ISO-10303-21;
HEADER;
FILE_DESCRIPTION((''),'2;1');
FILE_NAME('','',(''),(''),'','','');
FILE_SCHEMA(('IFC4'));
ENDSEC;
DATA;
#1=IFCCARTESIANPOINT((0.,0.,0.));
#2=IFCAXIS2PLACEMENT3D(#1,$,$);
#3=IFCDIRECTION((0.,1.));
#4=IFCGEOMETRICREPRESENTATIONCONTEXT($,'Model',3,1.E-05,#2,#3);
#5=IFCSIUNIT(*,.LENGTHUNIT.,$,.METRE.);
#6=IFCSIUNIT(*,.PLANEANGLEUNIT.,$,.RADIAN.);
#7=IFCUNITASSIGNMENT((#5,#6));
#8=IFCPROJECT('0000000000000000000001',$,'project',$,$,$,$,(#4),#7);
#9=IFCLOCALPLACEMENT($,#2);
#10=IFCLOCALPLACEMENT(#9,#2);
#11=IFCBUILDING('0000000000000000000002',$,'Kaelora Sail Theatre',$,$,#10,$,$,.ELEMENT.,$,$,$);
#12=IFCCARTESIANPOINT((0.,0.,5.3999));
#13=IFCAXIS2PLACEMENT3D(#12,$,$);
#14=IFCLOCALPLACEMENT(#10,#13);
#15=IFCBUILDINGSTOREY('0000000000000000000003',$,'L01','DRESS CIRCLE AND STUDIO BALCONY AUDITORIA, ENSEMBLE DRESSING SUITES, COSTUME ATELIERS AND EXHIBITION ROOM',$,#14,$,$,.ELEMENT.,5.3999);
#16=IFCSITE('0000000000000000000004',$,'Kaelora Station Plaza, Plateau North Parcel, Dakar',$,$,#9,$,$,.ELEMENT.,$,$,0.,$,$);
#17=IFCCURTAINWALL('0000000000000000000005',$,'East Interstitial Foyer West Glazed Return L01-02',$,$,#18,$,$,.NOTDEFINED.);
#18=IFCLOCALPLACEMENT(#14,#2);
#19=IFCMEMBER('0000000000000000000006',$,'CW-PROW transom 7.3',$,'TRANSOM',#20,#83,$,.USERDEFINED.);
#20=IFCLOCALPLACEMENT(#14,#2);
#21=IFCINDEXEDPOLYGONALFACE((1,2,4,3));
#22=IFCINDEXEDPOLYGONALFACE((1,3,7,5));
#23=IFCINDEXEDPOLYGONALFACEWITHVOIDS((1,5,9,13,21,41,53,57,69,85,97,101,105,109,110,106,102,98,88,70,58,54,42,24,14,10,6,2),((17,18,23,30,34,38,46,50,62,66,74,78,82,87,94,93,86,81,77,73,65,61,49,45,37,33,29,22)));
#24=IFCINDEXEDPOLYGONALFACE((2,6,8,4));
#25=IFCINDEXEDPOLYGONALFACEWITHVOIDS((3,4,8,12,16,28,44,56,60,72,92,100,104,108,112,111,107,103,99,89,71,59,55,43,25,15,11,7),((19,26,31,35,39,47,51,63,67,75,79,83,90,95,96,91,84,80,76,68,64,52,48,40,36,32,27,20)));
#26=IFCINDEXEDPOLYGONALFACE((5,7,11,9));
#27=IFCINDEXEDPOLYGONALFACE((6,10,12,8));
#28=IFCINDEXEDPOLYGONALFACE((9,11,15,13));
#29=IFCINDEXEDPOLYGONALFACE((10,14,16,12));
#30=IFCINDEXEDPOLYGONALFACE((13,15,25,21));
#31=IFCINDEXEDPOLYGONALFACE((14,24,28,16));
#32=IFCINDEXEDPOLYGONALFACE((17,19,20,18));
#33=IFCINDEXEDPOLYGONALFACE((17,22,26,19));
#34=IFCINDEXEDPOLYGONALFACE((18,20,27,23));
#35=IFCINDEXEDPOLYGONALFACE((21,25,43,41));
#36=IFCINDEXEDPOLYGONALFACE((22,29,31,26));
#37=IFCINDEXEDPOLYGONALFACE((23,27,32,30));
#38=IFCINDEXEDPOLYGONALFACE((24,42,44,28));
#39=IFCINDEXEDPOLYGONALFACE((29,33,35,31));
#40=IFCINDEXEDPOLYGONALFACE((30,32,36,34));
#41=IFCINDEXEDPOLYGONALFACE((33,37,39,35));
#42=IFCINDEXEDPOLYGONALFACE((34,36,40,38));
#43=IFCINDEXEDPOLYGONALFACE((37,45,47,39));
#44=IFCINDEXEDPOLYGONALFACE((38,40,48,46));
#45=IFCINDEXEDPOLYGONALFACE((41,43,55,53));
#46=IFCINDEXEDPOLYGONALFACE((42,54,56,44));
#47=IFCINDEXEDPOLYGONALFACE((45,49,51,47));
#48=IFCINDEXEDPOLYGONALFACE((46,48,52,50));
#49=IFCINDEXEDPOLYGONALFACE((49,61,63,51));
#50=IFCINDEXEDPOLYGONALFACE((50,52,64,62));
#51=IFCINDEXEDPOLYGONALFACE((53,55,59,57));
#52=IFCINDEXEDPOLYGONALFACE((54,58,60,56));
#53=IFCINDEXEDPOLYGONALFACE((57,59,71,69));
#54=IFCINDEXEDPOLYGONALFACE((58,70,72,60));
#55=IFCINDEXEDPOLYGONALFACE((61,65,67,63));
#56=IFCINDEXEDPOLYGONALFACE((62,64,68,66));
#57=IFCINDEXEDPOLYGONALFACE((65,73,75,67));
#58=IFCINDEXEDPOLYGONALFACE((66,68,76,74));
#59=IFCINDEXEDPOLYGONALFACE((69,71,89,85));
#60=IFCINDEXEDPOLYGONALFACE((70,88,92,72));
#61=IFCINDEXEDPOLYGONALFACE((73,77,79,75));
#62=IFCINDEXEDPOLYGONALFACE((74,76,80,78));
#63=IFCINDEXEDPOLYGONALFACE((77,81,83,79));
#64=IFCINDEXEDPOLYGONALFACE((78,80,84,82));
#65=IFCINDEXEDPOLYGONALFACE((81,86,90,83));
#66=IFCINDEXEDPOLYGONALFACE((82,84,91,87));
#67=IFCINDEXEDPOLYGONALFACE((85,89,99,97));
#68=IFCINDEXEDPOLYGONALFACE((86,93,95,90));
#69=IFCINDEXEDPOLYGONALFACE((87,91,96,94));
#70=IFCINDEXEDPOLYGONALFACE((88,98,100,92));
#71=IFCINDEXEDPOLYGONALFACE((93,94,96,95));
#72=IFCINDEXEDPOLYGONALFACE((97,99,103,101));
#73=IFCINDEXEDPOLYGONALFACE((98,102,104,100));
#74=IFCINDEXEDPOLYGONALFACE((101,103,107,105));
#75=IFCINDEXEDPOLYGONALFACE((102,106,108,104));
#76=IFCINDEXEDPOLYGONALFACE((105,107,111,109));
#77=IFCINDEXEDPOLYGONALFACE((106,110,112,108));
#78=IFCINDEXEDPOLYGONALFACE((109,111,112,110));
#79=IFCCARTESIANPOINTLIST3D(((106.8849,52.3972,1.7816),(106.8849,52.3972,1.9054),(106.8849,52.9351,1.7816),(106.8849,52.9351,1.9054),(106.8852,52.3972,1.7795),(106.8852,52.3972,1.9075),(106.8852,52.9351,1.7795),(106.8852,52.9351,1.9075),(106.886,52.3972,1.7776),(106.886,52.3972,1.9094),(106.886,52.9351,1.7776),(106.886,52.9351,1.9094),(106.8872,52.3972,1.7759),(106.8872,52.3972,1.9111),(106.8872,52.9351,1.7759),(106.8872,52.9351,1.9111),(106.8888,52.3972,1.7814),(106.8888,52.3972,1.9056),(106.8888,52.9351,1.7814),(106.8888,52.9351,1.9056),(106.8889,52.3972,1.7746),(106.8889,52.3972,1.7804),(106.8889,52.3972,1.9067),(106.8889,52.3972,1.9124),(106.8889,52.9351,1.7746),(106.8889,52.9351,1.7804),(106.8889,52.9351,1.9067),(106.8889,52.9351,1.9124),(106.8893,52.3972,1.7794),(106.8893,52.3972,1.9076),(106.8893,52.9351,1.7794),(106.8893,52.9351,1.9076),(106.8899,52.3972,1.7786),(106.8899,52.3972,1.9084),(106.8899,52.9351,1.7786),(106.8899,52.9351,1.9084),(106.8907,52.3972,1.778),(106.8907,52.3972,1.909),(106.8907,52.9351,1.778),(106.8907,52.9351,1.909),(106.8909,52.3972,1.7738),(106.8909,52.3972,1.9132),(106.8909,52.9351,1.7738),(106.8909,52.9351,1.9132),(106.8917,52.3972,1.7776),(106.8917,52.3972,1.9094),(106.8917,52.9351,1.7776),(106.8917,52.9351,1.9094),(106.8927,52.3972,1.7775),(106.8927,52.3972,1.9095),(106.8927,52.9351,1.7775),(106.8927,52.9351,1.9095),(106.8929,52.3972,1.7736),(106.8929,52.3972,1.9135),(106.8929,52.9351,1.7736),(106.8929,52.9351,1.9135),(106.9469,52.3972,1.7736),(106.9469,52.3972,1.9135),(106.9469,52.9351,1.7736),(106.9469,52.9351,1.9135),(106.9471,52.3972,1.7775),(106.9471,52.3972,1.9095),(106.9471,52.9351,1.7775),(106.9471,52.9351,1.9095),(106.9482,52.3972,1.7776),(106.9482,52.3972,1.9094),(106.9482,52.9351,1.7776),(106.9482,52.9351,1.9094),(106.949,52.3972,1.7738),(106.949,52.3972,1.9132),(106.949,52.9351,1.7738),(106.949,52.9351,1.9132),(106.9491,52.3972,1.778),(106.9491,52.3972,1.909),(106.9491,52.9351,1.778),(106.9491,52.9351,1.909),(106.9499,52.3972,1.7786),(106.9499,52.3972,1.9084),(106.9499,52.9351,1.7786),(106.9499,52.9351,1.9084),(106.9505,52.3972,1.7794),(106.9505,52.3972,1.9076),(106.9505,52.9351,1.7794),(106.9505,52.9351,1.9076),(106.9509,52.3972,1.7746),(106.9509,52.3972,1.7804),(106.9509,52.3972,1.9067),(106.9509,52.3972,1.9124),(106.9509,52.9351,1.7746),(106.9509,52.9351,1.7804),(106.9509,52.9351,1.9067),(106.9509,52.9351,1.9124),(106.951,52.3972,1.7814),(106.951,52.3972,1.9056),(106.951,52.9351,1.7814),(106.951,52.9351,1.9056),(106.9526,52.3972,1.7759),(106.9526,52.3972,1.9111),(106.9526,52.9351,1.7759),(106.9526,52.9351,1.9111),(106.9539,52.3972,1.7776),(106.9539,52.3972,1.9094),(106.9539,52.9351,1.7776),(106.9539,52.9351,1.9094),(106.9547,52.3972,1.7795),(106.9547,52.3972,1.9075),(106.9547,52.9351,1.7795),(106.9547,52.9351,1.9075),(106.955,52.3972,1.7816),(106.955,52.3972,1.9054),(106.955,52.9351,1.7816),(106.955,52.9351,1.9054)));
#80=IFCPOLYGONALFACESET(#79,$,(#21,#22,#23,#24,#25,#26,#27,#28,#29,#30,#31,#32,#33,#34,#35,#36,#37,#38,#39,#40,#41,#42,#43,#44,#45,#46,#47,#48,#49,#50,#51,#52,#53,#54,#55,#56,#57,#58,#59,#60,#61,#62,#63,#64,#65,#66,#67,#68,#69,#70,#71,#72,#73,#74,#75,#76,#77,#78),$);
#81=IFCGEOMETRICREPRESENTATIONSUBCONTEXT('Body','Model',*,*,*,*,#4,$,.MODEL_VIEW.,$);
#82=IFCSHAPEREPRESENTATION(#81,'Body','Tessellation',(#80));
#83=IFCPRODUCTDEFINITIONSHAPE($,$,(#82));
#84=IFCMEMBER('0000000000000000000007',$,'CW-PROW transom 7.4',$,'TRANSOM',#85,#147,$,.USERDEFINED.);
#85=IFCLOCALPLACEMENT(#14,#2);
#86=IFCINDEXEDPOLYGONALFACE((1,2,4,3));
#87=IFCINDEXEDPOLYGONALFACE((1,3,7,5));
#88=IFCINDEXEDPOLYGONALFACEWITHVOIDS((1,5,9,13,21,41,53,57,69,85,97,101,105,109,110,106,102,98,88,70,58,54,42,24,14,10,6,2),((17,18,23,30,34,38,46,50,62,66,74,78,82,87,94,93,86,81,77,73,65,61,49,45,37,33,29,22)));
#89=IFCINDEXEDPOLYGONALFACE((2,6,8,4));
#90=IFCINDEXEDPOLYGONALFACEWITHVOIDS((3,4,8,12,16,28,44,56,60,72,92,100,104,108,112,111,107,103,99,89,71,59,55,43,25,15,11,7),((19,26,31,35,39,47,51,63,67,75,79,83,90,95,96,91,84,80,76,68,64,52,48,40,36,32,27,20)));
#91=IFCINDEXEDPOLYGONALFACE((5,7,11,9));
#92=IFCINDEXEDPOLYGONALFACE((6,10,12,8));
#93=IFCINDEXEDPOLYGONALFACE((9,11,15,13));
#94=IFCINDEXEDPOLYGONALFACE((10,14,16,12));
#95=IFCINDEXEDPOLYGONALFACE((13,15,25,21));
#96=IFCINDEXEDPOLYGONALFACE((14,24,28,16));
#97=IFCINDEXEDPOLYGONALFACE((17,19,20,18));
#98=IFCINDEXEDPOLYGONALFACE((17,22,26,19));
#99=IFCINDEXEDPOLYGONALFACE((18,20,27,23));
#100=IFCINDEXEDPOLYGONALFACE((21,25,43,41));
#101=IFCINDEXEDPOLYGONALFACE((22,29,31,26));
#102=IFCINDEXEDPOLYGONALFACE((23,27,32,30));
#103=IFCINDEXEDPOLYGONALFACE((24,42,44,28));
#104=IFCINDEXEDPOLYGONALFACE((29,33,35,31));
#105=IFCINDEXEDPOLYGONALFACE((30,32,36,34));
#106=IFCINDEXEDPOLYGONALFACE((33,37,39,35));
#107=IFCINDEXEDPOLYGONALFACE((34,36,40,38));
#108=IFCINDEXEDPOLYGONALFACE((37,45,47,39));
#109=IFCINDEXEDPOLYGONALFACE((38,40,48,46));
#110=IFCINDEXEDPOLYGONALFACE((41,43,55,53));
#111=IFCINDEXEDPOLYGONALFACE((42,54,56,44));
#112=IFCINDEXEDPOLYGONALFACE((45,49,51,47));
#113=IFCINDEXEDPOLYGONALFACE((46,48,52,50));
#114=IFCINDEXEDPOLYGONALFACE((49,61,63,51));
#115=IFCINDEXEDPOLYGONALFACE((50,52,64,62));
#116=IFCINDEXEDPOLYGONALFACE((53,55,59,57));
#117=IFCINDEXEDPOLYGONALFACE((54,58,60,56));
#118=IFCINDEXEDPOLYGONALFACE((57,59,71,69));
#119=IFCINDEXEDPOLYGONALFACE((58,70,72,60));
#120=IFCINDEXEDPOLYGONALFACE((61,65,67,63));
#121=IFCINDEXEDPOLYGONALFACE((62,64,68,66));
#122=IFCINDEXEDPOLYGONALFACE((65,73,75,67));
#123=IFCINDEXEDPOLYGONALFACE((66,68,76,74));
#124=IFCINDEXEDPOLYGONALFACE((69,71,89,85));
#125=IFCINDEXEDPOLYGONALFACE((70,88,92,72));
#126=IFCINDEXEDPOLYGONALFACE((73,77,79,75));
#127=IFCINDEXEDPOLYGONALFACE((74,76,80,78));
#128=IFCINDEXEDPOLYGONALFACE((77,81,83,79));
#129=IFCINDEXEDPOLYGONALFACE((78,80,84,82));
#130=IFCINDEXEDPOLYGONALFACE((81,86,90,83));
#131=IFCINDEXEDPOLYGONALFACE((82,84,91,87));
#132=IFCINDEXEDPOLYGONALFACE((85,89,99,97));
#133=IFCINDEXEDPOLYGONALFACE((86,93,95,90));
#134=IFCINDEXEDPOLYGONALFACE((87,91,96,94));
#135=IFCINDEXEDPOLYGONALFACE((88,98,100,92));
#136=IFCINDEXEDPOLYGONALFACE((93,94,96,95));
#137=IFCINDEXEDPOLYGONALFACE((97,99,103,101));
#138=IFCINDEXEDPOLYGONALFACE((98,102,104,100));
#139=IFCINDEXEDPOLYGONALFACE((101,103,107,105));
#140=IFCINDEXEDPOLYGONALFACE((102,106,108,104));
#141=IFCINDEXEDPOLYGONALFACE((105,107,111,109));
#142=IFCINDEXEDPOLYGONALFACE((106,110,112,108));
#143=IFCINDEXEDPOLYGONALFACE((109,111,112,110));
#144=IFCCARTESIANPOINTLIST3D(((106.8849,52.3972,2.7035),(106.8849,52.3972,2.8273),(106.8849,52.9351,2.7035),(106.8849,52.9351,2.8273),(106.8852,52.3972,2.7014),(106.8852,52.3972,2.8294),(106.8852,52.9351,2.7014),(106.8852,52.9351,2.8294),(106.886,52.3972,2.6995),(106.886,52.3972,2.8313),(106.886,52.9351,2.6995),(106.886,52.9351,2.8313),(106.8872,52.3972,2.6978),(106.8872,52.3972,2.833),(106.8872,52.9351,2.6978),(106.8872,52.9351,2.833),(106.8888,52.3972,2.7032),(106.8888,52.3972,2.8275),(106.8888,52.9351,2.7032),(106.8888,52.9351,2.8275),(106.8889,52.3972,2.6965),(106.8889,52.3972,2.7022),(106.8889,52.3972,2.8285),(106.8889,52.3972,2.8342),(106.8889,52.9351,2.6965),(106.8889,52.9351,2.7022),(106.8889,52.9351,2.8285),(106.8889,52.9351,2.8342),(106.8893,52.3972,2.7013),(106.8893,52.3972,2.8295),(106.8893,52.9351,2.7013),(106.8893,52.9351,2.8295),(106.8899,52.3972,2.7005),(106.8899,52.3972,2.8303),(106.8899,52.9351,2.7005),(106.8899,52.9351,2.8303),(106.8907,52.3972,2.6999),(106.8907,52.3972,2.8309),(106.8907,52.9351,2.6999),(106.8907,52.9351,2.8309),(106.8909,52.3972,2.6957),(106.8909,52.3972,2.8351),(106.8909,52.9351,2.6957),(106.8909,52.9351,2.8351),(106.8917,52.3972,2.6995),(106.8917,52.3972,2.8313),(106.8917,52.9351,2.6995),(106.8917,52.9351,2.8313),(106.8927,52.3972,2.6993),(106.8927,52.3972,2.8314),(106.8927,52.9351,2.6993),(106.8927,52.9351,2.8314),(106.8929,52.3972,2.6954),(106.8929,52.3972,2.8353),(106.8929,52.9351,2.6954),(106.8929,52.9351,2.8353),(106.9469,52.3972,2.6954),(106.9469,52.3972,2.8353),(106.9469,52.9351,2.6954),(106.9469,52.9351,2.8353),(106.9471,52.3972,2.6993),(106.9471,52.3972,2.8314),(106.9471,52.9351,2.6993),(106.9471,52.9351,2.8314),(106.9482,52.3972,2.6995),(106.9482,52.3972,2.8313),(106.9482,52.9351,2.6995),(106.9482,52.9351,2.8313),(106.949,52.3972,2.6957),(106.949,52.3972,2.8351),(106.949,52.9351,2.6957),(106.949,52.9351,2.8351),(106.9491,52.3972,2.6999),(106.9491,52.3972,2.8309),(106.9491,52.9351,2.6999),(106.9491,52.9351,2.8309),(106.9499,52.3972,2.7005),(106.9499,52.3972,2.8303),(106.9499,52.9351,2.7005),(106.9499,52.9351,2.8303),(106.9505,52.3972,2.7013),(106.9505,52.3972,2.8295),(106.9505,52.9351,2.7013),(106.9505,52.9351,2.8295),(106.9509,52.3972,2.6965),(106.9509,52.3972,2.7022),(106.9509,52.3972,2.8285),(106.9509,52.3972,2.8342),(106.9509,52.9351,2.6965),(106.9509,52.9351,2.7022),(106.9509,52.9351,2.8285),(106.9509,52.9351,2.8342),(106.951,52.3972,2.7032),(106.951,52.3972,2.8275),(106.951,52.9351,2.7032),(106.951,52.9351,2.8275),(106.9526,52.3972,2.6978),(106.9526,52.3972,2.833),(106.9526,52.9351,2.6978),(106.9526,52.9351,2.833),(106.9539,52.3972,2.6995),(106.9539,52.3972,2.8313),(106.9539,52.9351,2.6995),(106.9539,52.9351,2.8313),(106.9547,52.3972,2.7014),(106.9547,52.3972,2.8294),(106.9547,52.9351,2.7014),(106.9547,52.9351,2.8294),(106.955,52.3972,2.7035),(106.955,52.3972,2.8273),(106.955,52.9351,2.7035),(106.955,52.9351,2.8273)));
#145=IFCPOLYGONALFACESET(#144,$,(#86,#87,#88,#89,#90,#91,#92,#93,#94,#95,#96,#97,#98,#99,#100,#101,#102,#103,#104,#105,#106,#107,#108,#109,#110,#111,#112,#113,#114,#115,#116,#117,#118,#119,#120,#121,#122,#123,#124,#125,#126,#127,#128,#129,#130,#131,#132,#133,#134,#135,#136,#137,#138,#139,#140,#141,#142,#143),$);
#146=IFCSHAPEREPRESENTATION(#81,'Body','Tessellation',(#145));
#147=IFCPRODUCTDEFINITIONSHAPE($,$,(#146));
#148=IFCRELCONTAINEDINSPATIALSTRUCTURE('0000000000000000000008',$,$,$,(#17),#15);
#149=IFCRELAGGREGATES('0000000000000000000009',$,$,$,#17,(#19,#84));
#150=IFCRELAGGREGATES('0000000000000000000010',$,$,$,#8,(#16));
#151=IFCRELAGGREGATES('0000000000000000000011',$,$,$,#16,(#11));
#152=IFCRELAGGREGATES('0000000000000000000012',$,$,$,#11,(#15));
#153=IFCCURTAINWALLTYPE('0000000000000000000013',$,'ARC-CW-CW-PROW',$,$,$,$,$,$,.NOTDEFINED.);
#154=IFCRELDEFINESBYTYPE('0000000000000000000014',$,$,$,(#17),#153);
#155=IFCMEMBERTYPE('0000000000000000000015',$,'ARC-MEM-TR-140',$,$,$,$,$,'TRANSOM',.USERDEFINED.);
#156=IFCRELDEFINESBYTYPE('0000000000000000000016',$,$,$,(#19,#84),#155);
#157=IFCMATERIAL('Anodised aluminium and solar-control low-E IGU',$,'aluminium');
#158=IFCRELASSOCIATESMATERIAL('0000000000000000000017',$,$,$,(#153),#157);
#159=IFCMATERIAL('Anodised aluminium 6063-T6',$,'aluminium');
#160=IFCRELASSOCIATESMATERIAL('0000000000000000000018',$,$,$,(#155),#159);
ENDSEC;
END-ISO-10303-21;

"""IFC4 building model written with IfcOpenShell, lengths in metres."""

from ifc_helpers import new_model, si_unit, direction, frame, origin, origin_2d, place, context, subcontext, project, spatial, hollow_rectangle, extrude, material, material_profile, profile_set, type_object, element, aggregate, save


model = new_model("IFC4")

# Units and contexts
model_context = context("Model", 3, precision=1e-05, world=origin(), true_north=direction((0.0, 1.0)))
body_context = subcontext(model_context, "Body", "Model", "MODEL_VIEW")
ifc_project = project(units=[si_unit("LENGTHUNIT", "METRE"), si_unit("PLANEANGLEUNIT", "RADIAN")], contexts=[model_context])

# Site, building, storey
site_placement = place(None, origin())
site = spatial("IfcSite", under=ifc_project, at=site_placement, Name="Kaelora Station Plaza, Plateau North Parcel, Dakar", CompositionType="ELEMENT", RefElevation=0.0)
building_placement = place(site_placement, origin())
building = spatial("IfcBuilding", under=site, at=building_placement, Name="Kaelora Sail Theatre", CompositionType="ELEMENT")
storey_placement = place(building_placement, frame((0.0, 0.0, 5.3999)))
storey = spatial("IfcBuildingStorey", under=building, at=storey_placement, Name="L01", Description="DRESS CIRCLE AND STUDIO BALCONY AUDITORIA, ENSEMBLE DRESSING SUITES, COSTUME ATELIERS AND EXHIBITION ROOM", CompositionType="ELEMENT", Elevation=5.3999)

# Curtain wall, members
ifc_material_1 = material(Name="Anodised aluminium and solar-control low-E IGU", Category="aluminium")
curtain_wall_type = type_object("IfcCurtainWallType", Name="ARC-CW-CW-PROW", PredefinedType="NOTDEFINED", material=ifc_material_1)
curtain_wall_placement = place(storey_placement, origin())
curtain_wall = element("IfcCurtainWall", 1, at=curtain_wall_placement, inside=storey, type_object=curtain_wall_type, Name="East Interstitial Foyer West Glazed Return L01-02", PredefinedType="NOTDEFINED")
ifc_material_2 = material(Name="Anodised aluminium 6063-T6", Category="aluminium")
ifc_material_profile_1 = material_profile(ifc_material_2, hollow_rectangle(XDim=0.0701, YDim=0.1399, WallThickness=0.0039, InnerFilletRadius=0.0039, OuterFilletRadius=0.0081, at=origin_2d()), Name="ALU-TRAN 70x140x4")
ifc_profile_set_1 = profile_set([ifc_material_profile_1], Name="Anodised aluminium 6063-T6")
member_type_1 = type_object("IfcMemberType", Name="ARC-MEM-TR-140", ElementType="TRANSOM", PredefinedType="USERDEFINED", material=ifc_profile_set_1)
member_1_placement = place(storey_placement, frame((106.9199, 52.3972, 1.8435), z_axis=(0.0, 1.0, 0.0), x_axis=(-1.0, 0.0, 0.0)))
member_1 = element("IfcMember", 2, at=member_1_placement, type_object=member_type_1, Name="CW-PROW transom 7.3", ObjectType="TRANSOM", PredefinedType="USERDEFINED", context=body_context, shape_type="SweptSolid", body=[
    extrude(hollow_rectangle(XDim=0.0701, YDim=0.1399, WallThickness=0.0039, InnerFilletRadius=0.0039, OuterFilletRadius=0.0081, at=origin_2d()), origin(), (0.0, 0.0, 1.0), 0.5378),
])
member_2_placement = place(storey_placement, frame((106.9199, 52.3972, 2.7654), z_axis=(0.0, 1.0, 0.0), x_axis=(-1.0, 0.0, 0.0)))
member_2 = element("IfcMember", 3, at=member_2_placement, type_object=member_type_1, Name="CW-PROW transom 7.4", ObjectType="TRANSOM", PredefinedType="USERDEFINED", context=body_context, shape_type="SweptSolid", body=[
    extrude(hollow_rectangle(XDim=0.0701, YDim=0.1399, WallThickness=0.0039, InnerFilletRadius=0.0039, OuterFilletRadius=0.0081, at=origin_2d()), origin(), (0.0, 0.0, 1.0), 0.5378),
])

aggregate(curtain_wall, [member_1, member_2])

save(model, "model.ifc")
